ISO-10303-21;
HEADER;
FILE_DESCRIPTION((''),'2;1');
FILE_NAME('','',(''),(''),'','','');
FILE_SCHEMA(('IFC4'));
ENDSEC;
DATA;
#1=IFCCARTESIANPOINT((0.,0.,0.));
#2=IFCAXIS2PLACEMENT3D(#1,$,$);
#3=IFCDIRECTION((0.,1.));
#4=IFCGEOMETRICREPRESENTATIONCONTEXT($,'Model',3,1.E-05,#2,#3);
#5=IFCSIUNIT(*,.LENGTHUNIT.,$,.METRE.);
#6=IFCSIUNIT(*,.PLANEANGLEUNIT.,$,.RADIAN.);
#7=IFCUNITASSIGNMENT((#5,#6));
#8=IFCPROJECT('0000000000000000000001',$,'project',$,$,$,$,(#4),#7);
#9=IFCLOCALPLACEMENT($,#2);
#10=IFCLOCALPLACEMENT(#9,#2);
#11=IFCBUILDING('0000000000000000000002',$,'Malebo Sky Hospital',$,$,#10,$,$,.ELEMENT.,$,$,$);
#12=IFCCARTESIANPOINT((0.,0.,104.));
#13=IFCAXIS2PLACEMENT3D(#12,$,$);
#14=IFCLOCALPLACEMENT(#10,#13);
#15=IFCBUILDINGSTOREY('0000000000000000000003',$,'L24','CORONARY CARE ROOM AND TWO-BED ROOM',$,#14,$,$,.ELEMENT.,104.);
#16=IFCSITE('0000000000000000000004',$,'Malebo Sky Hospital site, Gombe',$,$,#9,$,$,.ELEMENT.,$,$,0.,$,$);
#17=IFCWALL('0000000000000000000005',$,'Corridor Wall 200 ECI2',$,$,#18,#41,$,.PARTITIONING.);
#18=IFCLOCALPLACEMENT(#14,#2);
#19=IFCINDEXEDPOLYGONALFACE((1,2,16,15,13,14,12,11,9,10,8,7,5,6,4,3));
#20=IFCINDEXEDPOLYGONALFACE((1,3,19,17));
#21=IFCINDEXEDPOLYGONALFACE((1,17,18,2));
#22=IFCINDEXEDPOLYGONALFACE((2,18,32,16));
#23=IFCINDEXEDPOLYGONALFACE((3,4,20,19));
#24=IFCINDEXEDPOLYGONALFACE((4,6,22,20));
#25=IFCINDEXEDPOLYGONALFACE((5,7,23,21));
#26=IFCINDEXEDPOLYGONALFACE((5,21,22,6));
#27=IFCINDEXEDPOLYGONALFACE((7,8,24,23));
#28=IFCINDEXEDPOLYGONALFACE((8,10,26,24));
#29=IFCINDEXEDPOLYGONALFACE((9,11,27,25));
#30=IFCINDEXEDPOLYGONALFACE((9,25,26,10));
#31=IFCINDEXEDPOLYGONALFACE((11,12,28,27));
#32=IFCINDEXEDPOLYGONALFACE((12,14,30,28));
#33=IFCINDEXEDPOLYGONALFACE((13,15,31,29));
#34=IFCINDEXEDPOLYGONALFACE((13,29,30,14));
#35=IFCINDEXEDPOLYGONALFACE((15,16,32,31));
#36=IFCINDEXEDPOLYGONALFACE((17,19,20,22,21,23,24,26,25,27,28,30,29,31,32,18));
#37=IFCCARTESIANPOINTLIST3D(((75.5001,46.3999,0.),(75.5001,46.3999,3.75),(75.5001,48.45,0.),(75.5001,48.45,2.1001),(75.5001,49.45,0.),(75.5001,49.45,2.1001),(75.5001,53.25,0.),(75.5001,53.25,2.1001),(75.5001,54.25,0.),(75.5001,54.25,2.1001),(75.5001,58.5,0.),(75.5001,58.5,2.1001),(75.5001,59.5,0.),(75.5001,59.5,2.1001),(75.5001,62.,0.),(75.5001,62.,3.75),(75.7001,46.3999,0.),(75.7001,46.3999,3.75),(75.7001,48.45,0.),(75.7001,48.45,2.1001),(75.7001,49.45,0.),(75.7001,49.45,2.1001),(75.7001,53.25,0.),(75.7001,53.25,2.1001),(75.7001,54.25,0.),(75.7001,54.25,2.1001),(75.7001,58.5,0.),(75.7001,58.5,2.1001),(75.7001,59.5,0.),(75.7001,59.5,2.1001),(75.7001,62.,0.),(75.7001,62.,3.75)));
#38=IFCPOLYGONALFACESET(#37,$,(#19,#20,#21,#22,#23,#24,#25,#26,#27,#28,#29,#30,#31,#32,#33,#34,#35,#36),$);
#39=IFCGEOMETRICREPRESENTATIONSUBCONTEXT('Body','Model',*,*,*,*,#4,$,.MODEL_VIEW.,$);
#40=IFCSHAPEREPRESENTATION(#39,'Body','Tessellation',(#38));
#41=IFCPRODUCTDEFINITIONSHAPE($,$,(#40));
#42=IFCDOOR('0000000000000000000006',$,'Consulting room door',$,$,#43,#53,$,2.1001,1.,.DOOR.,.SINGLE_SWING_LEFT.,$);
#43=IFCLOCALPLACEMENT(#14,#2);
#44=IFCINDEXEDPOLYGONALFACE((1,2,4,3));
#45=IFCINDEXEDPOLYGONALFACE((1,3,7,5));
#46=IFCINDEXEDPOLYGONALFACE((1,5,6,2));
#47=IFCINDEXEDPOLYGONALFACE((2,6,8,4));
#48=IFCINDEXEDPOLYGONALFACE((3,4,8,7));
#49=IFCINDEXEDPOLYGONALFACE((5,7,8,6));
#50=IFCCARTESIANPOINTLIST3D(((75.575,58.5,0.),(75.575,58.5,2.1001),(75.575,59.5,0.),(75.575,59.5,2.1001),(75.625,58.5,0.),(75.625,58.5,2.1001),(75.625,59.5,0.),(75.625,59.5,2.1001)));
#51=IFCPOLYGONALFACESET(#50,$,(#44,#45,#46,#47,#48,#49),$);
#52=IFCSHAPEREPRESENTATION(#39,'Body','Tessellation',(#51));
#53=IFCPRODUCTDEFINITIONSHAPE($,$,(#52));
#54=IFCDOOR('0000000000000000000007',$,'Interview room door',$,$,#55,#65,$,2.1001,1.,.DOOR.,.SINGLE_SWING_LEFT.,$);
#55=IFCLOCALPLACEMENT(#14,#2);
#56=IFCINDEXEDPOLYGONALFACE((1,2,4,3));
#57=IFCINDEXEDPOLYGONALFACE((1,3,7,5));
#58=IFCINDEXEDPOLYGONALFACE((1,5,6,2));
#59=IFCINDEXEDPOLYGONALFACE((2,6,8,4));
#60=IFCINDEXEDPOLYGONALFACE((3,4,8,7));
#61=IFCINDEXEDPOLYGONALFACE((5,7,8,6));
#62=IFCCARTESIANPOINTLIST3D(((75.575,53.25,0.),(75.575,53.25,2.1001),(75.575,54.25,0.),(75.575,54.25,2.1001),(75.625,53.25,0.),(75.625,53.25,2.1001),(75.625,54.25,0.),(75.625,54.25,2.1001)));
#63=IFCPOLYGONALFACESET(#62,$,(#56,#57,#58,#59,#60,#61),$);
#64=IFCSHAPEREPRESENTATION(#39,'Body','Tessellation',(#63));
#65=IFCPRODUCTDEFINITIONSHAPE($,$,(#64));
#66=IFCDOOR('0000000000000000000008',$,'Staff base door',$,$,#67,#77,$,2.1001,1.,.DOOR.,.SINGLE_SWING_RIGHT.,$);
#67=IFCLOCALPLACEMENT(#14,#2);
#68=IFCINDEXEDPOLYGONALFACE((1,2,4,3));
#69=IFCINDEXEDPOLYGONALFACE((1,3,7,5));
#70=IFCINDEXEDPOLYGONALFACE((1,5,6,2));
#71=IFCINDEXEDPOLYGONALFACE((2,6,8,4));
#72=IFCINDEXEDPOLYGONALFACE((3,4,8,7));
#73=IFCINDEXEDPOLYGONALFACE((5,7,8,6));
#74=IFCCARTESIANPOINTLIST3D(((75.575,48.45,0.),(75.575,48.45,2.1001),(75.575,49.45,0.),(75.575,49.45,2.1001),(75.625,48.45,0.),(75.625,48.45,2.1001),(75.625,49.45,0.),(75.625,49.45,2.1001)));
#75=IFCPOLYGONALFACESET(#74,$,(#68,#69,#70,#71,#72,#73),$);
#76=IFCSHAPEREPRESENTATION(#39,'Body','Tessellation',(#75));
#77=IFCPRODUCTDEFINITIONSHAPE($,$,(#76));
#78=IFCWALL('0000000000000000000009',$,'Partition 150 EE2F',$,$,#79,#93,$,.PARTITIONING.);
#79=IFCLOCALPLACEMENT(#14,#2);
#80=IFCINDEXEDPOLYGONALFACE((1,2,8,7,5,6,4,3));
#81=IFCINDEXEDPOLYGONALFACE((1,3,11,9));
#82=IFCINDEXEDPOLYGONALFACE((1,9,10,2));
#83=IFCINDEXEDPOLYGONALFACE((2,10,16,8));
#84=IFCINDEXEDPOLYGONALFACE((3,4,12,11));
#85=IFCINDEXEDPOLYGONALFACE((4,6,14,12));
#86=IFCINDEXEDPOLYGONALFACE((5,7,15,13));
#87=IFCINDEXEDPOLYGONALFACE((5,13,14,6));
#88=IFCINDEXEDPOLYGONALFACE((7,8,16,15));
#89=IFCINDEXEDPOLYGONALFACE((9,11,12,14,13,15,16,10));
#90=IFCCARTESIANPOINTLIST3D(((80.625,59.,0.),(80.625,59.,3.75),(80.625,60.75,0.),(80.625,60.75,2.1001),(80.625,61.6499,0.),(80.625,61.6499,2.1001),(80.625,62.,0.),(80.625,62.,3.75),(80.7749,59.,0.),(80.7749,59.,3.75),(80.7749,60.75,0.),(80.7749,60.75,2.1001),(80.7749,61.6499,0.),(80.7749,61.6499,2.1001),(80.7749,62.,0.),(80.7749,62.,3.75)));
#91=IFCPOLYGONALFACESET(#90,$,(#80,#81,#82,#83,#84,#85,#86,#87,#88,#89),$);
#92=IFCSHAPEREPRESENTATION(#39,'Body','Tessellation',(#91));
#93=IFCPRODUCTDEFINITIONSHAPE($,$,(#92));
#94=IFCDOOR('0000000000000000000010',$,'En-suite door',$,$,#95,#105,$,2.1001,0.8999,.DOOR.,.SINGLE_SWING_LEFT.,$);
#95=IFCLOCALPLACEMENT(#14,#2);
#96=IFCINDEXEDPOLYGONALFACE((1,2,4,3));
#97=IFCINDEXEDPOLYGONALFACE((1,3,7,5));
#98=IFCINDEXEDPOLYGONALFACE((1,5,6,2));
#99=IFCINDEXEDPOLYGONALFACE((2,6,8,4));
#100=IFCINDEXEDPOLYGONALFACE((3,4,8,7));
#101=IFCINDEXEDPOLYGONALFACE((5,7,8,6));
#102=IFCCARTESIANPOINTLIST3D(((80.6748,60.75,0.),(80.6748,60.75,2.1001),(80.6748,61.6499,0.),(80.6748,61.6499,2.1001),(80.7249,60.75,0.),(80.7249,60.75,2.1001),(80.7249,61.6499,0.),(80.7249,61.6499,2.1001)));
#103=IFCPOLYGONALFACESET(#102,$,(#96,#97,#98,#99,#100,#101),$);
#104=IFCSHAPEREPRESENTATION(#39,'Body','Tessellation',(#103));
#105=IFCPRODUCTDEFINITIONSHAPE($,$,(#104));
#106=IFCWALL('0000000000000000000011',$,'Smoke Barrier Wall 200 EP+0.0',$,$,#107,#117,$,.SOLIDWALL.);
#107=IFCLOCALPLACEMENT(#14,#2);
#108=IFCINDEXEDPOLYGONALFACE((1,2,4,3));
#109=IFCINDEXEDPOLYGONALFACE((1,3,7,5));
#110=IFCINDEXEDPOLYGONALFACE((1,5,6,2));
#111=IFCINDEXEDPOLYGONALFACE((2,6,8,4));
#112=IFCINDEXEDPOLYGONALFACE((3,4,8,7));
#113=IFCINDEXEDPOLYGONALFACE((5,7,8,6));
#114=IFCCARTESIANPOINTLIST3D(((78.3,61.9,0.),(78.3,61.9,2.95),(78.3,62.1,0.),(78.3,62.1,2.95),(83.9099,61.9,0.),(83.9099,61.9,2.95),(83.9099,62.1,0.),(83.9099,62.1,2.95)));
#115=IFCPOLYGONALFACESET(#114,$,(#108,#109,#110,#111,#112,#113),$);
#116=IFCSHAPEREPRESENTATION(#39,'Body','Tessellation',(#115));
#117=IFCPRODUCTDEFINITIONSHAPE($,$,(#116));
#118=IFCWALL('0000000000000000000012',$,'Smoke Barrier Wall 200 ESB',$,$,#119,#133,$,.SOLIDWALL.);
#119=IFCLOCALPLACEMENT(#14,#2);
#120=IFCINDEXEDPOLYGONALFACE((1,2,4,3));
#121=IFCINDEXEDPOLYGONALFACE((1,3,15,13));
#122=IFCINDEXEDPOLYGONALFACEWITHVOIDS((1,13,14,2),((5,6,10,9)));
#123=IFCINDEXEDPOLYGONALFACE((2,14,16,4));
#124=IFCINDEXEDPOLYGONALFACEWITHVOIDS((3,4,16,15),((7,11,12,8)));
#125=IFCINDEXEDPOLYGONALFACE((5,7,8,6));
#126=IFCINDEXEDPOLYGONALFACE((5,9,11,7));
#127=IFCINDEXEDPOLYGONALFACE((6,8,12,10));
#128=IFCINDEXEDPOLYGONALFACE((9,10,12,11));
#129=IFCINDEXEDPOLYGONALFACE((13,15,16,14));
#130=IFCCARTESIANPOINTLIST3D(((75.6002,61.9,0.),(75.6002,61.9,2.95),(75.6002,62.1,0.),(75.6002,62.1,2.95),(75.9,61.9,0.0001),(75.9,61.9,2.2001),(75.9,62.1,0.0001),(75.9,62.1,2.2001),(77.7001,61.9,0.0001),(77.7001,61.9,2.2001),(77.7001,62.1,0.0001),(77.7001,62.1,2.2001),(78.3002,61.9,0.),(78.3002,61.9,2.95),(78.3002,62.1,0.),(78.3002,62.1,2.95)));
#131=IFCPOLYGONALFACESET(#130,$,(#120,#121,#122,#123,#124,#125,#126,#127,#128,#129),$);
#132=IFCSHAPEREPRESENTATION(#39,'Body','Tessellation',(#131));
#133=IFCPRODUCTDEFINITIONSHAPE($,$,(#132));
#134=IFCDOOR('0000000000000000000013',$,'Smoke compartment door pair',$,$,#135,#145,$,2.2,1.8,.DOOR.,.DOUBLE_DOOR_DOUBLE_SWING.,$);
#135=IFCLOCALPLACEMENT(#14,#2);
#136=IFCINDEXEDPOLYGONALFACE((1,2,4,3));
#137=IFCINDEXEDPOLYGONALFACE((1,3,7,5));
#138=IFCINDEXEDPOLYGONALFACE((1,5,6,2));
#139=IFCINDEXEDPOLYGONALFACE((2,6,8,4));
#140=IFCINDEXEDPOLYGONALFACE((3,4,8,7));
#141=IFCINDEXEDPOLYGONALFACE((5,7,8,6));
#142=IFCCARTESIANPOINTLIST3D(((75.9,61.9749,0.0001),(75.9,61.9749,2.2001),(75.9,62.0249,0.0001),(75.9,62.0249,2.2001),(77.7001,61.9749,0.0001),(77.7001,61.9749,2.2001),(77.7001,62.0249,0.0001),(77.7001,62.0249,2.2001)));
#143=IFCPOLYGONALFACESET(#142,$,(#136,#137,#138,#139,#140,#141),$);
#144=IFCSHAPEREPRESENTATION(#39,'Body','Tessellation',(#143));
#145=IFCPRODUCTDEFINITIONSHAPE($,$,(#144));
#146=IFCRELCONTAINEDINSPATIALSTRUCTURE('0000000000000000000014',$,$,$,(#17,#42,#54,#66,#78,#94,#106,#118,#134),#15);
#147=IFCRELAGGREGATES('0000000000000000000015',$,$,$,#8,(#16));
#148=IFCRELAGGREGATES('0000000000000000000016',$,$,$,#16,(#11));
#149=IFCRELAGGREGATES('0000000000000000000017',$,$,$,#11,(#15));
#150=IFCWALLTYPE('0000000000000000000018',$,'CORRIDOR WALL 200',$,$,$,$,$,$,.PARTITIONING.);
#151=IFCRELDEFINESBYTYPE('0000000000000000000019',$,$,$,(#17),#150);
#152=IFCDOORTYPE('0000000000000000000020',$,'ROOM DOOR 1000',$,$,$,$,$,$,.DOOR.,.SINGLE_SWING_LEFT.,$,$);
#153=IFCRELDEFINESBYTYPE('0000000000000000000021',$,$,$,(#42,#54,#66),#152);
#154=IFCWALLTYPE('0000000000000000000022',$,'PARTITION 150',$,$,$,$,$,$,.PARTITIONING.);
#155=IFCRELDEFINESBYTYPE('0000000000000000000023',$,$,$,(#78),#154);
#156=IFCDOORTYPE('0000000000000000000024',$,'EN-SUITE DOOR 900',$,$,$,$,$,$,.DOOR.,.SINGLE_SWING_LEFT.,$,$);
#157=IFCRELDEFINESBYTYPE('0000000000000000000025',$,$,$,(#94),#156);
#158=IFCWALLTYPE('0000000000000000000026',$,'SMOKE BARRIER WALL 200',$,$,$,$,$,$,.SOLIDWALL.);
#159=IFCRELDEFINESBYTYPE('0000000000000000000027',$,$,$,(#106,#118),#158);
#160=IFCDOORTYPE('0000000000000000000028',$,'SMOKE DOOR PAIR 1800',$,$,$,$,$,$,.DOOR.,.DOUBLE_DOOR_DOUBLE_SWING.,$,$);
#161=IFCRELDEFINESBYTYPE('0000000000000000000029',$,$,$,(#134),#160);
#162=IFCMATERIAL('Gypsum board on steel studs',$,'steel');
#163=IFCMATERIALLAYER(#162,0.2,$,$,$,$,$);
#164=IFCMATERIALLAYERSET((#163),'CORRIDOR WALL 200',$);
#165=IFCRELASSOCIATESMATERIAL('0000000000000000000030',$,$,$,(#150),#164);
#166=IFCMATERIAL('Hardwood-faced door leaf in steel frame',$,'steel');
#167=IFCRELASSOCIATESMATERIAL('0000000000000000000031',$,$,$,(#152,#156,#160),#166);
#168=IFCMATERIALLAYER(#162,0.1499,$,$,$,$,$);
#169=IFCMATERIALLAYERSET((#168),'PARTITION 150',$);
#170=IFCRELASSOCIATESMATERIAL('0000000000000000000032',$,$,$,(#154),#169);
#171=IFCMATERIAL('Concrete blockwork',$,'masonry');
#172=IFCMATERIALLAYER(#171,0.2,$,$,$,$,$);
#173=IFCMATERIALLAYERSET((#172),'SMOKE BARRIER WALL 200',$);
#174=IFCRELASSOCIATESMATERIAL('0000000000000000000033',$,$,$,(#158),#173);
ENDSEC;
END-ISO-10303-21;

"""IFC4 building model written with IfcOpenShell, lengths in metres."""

from ifc_helpers import new_model, si_unit, direction, frame, frame_2d, origin, place, context, subcontext, project, spatial, rectangle, extrude, material, layer, layer_set, type_object, element, fill, save


model = new_model("IFC4")

# Units and contexts
model_context = context("Model", 3, precision=1e-05, world=origin(), true_north=direction((0.0, 1.0)))
body_context = subcontext(model_context, "Body", "Model", "MODEL_VIEW")
ifc_project = project(units=[si_unit("LENGTHUNIT", "METRE"), si_unit("PLANEANGLEUNIT", "RADIAN")], contexts=[model_context])

# Site, building, storey
site_placement = place(None, origin())
site = spatial("IfcSite", under=ifc_project, at=site_placement, Name="Malebo Sky Hospital site, Gombe", CompositionType="ELEMENT", RefElevation=0.0)
building_placement = place(site_placement, origin())
building = spatial("IfcBuilding", under=site, at=building_placement, Name="Malebo Sky Hospital", CompositionType="ELEMENT")
storey_placement = place(building_placement, frame((0.0, 0.0, 104.0)))
storey = spatial("IfcBuildingStorey", under=building, at=storey_placement, Name="L24", Description="CORONARY CARE ROOM AND TWO-BED ROOM", CompositionType="ELEMENT", Elevation=104.0)

# Wall, openings, doors
ifc_material_1 = material(Name="Gypsum board on steel studs", Category="steel")
ifc_layer_1 = layer(ifc_material_1, 0.2)
ifc_layer_set_1 = layer_set([ifc_layer_1], Name="CORRIDOR WALL 200")
wall_type_1 = type_object("IfcWallType", Name="CORRIDOR WALL 200", PredefinedType="PARTITIONING", material=ifc_layer_set_1)
wall_1_placement = place(storey_placement, frame((75.6001, 62.0, 0.0), z_axis=(0.0, 0.0, 1.0), x_axis=(0.0, -1.0, 0.0)))
wall_1 = element("IfcWall", 1, at=wall_1_placement, inside=storey, type_object=wall_type_1, Name="Corridor Wall 200 ECI2", PredefinedType="PARTITIONING", context=body_context, shape_type="SweptSolid", body=[
    extrude(rectangle(XDim=15.6001, YDim=0.2, at=frame_2d((7.8, 0.0))), origin(), (0.0, 0.0, 1.0), 3.75),
])
opening_1_placement = place(wall_1_placement, frame((2.5, 0.0, 0.0)))
opening_1 = element("IfcOpeningElement", 2, at=opening_1_placement, cuts=wall_1, PredefinedType="OPENING", context=body_context, shape_type="SweptSolid", body=[
    extrude(rectangle(XDim=1.0, YDim=2.1001, at=frame_2d((0.5, 1.05))), frame((0.0, 0.1099, 0.0), z_axis=(0.0, -1.0, 0.0), x_axis=(1.0, 0.0, 0.0)), (0.0, 0.0, 1.0), 0.22),
])
opening_2_placement = place(wall_1_placement, frame((7.75, 0.0, 0.0)))
opening_2 = element("IfcOpeningElement", 3, at=opening_2_placement, cuts=wall_1, PredefinedType="OPENING", context=body_context, shape_type="SweptSolid", body=[
    extrude(rectangle(XDim=1.0, YDim=2.1001, at=frame_2d((0.5, 1.05))), frame((0.0, 0.1099, 0.0), z_axis=(0.0, -1.0, 0.0), x_axis=(1.0, 0.0, 0.0)), (0.0, 0.0, 1.0), 0.22),
])
opening_3_placement = place(wall_1_placement, frame((12.55, 0.0, 0.0)))
opening_3 = element("IfcOpeningElement", 4, at=opening_3_placement, cuts=wall_1, PredefinedType="OPENING", context=body_context, shape_type="SweptSolid", body=[
    extrude(rectangle(XDim=1.0, YDim=2.1001, at=frame_2d((0.5, 1.05))), frame((0.0, 0.1099, 0.0), z_axis=(0.0, -1.0, 0.0), x_axis=(1.0, 0.0, 0.0)), (0.0, 0.0, 1.0), 0.22),
])
ifc_material_2 = material(Name="Hardwood-faced door leaf in steel frame", Category="steel")
door_type_1 = type_object("IfcDoorType", Name="ROOM DOOR 1000", OperationType="SINGLE_SWING_LEFT", PredefinedType="DOOR", material=ifc_material_2)
door_1_placement = place(opening_1_placement, origin())
door_1 = element("IfcDoor", 5, at=door_1_placement, inside=storey, type_object=door_type_1, Name="Consulting room door", OperationType="SINGLE_SWING_LEFT", OverallHeight=2.1001, OverallWidth=1.0, PredefinedType="DOOR", context=body_context, shape_type="SweptSolid", body=[
    extrude(rectangle(XDim=1.0, YDim=2.1001, at=frame_2d((0.5, 1.05))), frame((0.0, 0.0249, 0.0), z_axis=(0.0, -1.0, 0.0), x_axis=(1.0, 0.0, 0.0)), (0.0, 0.0, 1.0), 0.05),
])
fill(opening_1, door_1)
door_2_placement = place(opening_2_placement, origin())
door_2 = element("IfcDoor", 6, at=door_2_placement, inside=storey, type_object=door_type_1, Name="Interview room door", OperationType="SINGLE_SWING_LEFT", OverallHeight=2.1001, OverallWidth=1.0, PredefinedType="DOOR", context=body_context, shape_type="SweptSolid", body=[
    extrude(rectangle(XDim=1.0, YDim=2.1001, at=frame_2d((0.5, 1.05))), frame((0.0, 0.0249, 0.0), z_axis=(0.0, -1.0, 0.0), x_axis=(1.0, 0.0, 0.0)), (0.0, 0.0, 1.0), 0.05),
])
fill(opening_2, door_2)
door_3_placement = place(opening_3_placement, origin())
door_3 = element("IfcDoor", 7, at=door_3_placement, inside=storey, type_object=door_type_1, Name="Staff base door", OperationType="SINGLE_SWING_RIGHT", OverallHeight=2.1001, OverallWidth=1.0, PredefinedType="DOOR", context=body_context, shape_type="SweptSolid", body=[
    extrude(rectangle(XDim=1.0, YDim=2.1001, at=frame_2d((0.5, 1.05))), frame((0.0, 0.0249, 0.0), z_axis=(0.0, -1.0, 0.0), x_axis=(1.0, 0.0, 0.0)), (0.0, 0.0, 1.0), 0.05),
])
fill(opening_3, door_3)

# Wall, opening, door
ifc_layer_2 = layer(ifc_material_1, 0.1499)
ifc_layer_set_2 = layer_set([ifc_layer_2], Name="PARTITION 150")
wall_type_2 = type_object("IfcWallType", Name="PARTITION 150", PredefinedType="PARTITIONING", material=ifc_layer_set_2)
wall_2_placement = place(storey_placement, frame((80.7, 62.0, 0.0), z_axis=(0.0, 0.0, 1.0), x_axis=(0.0, -1.0, 0.0)))
wall_2 = element("IfcWall", 8, at=wall_2_placement, inside=storey, type_object=wall_type_2, Name="Partition 150 EE2F", PredefinedType="PARTITIONING", context=body_context, shape_type="SweptSolid", body=[
    extrude(rectangle(XDim=3.0, YDim=0.1499, at=frame_2d((1.5, 0.0))), origin(), (0.0, 0.0, 1.0), 3.75),
])
opening_4_placement = place(wall_2_placement, frame((0.3501, 0.0, 0.0)))
opening_4 = element("IfcOpeningElement", 9, at=opening_4_placement, cuts=wall_2, PredefinedType="OPENING", context=body_context, shape_type="SweptSolid", body=[
    extrude(rectangle(XDim=0.8999, YDim=2.1001, at=frame_2d((0.45, 1.05))), frame((0.0, 0.085, 0.0), z_axis=(0.0, -1.0, 0.0), x_axis=(1.0, 0.0, 0.0)), (0.0, 0.0, 1.0), 0.1699),
])
door_type_2 = type_object("IfcDoorType", Name="EN-SUITE DOOR 900", OperationType="SINGLE_SWING_LEFT", PredefinedType="DOOR", material=ifc_material_2)
door_4_placement = place(opening_4_placement, origin())
door_4 = element("IfcDoor", 10, at=door_4_placement, inside=storey, type_object=door_type_2, Name="En-suite door", OperationType="SINGLE_SWING_LEFT", OverallHeight=2.1001, OverallWidth=0.8999, PredefinedType="DOOR", context=body_context, shape_type="SweptSolid", body=[
    extrude(rectangle(XDim=0.8999, YDim=2.1001, at=frame_2d((0.45, 1.05))), frame((0.0, 0.0249, 0.0), z_axis=(0.0, -1.0, 0.0), x_axis=(1.0, 0.0, 0.0)), (0.0, 0.0, 1.0), 0.05),
])
fill(opening_4, door_4)

# Wall
ifc_material_3 = material(Name="Concrete blockwork", Category="masonry")
ifc_layer_3 = layer(ifc_material_3, 0.2)
ifc_layer_set_3 = layer_set([ifc_layer_3], Name="SMOKE BARRIER WALL 200")
wall_type_3 = type_object("IfcWallType", Name="SMOKE BARRIER WALL 200", PredefinedType="SOLIDWALL", material=ifc_layer_set_3)
wall_3_placement = place(storey_placement, frame((78.3, 62.0, 0.0), z_axis=(0.0, 0.0, 1.0), x_axis=(1.0, 0.0, 0.0)))
element("IfcWall", 11, at=wall_3_placement, inside=storey, type_object=wall_type_3, Name="Smoke Barrier Wall 200 EP+0.0", PredefinedType="SOLIDWALL", context=body_context, shape_type="SweptSolid", body=[
    extrude(rectangle(XDim=5.6099, YDim=0.2, at=frame_2d((2.8049, 0.0))), origin(), (0.0, 0.0, 1.0), 2.95),
])

# Wall, opening, door
wall_4_placement = place(storey_placement, frame((75.6001, 62.0, 0.0), z_axis=(0.0, 0.0, 1.0), x_axis=(1.0, 0.0, 0.0)))
wall_4 = element("IfcWall", 12, at=wall_4_placement, inside=storey, type_object=wall_type_3, Name="Smoke Barrier Wall 200 ESB", PredefinedType="SOLIDWALL", context=body_context, shape_type="SweptSolid", body=[
    extrude(rectangle(XDim=2.7, YDim=0.2, at=frame_2d((1.3501, 0.0))), origin(), (0.0, 0.0, 1.0), 2.95),
])
opening_5_placement = place(wall_4_placement, frame((0.3, 0.0, 0.0)))
opening_5 = element("IfcOpeningElement", 13, at=opening_5_placement, cuts=wall_4, PredefinedType="OPENING", context=body_context, shape_type="SweptSolid", body=[
    extrude(rectangle(XDim=1.8, YDim=2.2, at=frame_2d((0.8999, 1.1001))), frame((0.0, 0.1099, 0.0), z_axis=(0.0, -1.0, 0.0), x_axis=(1.0, 0.0, 0.0)), (0.0, 0.0, 1.0), 0.22),
])
door_type_3 = type_object("IfcDoorType", Name="SMOKE DOOR PAIR 1800", OperationType="DOUBLE_DOOR_DOUBLE_SWING", PredefinedType="DOOR", material=ifc_material_2)
door_5_placement = place(opening_5_placement, origin())
door_5 = element("IfcDoor", 14, at=door_5_placement, inside=storey, type_object=door_type_3, Name="Smoke compartment door pair", OperationType="DOUBLE_DOOR_DOUBLE_SWING", OverallHeight=2.2, OverallWidth=1.8, PredefinedType="DOOR", context=body_context, shape_type="SweptSolid", body=[
    extrude(rectangle(XDim=1.8, YDim=2.2, at=frame_2d((0.8999, 1.1001))), frame((0.0, 0.0249, 0.0), z_axis=(0.0, -1.0, 0.0), x_axis=(1.0, 0.0, 0.0)), (0.0, 0.0, 1.0), 0.05),
])
fill(opening_5, door_5)

save(model, "model.ifc")
